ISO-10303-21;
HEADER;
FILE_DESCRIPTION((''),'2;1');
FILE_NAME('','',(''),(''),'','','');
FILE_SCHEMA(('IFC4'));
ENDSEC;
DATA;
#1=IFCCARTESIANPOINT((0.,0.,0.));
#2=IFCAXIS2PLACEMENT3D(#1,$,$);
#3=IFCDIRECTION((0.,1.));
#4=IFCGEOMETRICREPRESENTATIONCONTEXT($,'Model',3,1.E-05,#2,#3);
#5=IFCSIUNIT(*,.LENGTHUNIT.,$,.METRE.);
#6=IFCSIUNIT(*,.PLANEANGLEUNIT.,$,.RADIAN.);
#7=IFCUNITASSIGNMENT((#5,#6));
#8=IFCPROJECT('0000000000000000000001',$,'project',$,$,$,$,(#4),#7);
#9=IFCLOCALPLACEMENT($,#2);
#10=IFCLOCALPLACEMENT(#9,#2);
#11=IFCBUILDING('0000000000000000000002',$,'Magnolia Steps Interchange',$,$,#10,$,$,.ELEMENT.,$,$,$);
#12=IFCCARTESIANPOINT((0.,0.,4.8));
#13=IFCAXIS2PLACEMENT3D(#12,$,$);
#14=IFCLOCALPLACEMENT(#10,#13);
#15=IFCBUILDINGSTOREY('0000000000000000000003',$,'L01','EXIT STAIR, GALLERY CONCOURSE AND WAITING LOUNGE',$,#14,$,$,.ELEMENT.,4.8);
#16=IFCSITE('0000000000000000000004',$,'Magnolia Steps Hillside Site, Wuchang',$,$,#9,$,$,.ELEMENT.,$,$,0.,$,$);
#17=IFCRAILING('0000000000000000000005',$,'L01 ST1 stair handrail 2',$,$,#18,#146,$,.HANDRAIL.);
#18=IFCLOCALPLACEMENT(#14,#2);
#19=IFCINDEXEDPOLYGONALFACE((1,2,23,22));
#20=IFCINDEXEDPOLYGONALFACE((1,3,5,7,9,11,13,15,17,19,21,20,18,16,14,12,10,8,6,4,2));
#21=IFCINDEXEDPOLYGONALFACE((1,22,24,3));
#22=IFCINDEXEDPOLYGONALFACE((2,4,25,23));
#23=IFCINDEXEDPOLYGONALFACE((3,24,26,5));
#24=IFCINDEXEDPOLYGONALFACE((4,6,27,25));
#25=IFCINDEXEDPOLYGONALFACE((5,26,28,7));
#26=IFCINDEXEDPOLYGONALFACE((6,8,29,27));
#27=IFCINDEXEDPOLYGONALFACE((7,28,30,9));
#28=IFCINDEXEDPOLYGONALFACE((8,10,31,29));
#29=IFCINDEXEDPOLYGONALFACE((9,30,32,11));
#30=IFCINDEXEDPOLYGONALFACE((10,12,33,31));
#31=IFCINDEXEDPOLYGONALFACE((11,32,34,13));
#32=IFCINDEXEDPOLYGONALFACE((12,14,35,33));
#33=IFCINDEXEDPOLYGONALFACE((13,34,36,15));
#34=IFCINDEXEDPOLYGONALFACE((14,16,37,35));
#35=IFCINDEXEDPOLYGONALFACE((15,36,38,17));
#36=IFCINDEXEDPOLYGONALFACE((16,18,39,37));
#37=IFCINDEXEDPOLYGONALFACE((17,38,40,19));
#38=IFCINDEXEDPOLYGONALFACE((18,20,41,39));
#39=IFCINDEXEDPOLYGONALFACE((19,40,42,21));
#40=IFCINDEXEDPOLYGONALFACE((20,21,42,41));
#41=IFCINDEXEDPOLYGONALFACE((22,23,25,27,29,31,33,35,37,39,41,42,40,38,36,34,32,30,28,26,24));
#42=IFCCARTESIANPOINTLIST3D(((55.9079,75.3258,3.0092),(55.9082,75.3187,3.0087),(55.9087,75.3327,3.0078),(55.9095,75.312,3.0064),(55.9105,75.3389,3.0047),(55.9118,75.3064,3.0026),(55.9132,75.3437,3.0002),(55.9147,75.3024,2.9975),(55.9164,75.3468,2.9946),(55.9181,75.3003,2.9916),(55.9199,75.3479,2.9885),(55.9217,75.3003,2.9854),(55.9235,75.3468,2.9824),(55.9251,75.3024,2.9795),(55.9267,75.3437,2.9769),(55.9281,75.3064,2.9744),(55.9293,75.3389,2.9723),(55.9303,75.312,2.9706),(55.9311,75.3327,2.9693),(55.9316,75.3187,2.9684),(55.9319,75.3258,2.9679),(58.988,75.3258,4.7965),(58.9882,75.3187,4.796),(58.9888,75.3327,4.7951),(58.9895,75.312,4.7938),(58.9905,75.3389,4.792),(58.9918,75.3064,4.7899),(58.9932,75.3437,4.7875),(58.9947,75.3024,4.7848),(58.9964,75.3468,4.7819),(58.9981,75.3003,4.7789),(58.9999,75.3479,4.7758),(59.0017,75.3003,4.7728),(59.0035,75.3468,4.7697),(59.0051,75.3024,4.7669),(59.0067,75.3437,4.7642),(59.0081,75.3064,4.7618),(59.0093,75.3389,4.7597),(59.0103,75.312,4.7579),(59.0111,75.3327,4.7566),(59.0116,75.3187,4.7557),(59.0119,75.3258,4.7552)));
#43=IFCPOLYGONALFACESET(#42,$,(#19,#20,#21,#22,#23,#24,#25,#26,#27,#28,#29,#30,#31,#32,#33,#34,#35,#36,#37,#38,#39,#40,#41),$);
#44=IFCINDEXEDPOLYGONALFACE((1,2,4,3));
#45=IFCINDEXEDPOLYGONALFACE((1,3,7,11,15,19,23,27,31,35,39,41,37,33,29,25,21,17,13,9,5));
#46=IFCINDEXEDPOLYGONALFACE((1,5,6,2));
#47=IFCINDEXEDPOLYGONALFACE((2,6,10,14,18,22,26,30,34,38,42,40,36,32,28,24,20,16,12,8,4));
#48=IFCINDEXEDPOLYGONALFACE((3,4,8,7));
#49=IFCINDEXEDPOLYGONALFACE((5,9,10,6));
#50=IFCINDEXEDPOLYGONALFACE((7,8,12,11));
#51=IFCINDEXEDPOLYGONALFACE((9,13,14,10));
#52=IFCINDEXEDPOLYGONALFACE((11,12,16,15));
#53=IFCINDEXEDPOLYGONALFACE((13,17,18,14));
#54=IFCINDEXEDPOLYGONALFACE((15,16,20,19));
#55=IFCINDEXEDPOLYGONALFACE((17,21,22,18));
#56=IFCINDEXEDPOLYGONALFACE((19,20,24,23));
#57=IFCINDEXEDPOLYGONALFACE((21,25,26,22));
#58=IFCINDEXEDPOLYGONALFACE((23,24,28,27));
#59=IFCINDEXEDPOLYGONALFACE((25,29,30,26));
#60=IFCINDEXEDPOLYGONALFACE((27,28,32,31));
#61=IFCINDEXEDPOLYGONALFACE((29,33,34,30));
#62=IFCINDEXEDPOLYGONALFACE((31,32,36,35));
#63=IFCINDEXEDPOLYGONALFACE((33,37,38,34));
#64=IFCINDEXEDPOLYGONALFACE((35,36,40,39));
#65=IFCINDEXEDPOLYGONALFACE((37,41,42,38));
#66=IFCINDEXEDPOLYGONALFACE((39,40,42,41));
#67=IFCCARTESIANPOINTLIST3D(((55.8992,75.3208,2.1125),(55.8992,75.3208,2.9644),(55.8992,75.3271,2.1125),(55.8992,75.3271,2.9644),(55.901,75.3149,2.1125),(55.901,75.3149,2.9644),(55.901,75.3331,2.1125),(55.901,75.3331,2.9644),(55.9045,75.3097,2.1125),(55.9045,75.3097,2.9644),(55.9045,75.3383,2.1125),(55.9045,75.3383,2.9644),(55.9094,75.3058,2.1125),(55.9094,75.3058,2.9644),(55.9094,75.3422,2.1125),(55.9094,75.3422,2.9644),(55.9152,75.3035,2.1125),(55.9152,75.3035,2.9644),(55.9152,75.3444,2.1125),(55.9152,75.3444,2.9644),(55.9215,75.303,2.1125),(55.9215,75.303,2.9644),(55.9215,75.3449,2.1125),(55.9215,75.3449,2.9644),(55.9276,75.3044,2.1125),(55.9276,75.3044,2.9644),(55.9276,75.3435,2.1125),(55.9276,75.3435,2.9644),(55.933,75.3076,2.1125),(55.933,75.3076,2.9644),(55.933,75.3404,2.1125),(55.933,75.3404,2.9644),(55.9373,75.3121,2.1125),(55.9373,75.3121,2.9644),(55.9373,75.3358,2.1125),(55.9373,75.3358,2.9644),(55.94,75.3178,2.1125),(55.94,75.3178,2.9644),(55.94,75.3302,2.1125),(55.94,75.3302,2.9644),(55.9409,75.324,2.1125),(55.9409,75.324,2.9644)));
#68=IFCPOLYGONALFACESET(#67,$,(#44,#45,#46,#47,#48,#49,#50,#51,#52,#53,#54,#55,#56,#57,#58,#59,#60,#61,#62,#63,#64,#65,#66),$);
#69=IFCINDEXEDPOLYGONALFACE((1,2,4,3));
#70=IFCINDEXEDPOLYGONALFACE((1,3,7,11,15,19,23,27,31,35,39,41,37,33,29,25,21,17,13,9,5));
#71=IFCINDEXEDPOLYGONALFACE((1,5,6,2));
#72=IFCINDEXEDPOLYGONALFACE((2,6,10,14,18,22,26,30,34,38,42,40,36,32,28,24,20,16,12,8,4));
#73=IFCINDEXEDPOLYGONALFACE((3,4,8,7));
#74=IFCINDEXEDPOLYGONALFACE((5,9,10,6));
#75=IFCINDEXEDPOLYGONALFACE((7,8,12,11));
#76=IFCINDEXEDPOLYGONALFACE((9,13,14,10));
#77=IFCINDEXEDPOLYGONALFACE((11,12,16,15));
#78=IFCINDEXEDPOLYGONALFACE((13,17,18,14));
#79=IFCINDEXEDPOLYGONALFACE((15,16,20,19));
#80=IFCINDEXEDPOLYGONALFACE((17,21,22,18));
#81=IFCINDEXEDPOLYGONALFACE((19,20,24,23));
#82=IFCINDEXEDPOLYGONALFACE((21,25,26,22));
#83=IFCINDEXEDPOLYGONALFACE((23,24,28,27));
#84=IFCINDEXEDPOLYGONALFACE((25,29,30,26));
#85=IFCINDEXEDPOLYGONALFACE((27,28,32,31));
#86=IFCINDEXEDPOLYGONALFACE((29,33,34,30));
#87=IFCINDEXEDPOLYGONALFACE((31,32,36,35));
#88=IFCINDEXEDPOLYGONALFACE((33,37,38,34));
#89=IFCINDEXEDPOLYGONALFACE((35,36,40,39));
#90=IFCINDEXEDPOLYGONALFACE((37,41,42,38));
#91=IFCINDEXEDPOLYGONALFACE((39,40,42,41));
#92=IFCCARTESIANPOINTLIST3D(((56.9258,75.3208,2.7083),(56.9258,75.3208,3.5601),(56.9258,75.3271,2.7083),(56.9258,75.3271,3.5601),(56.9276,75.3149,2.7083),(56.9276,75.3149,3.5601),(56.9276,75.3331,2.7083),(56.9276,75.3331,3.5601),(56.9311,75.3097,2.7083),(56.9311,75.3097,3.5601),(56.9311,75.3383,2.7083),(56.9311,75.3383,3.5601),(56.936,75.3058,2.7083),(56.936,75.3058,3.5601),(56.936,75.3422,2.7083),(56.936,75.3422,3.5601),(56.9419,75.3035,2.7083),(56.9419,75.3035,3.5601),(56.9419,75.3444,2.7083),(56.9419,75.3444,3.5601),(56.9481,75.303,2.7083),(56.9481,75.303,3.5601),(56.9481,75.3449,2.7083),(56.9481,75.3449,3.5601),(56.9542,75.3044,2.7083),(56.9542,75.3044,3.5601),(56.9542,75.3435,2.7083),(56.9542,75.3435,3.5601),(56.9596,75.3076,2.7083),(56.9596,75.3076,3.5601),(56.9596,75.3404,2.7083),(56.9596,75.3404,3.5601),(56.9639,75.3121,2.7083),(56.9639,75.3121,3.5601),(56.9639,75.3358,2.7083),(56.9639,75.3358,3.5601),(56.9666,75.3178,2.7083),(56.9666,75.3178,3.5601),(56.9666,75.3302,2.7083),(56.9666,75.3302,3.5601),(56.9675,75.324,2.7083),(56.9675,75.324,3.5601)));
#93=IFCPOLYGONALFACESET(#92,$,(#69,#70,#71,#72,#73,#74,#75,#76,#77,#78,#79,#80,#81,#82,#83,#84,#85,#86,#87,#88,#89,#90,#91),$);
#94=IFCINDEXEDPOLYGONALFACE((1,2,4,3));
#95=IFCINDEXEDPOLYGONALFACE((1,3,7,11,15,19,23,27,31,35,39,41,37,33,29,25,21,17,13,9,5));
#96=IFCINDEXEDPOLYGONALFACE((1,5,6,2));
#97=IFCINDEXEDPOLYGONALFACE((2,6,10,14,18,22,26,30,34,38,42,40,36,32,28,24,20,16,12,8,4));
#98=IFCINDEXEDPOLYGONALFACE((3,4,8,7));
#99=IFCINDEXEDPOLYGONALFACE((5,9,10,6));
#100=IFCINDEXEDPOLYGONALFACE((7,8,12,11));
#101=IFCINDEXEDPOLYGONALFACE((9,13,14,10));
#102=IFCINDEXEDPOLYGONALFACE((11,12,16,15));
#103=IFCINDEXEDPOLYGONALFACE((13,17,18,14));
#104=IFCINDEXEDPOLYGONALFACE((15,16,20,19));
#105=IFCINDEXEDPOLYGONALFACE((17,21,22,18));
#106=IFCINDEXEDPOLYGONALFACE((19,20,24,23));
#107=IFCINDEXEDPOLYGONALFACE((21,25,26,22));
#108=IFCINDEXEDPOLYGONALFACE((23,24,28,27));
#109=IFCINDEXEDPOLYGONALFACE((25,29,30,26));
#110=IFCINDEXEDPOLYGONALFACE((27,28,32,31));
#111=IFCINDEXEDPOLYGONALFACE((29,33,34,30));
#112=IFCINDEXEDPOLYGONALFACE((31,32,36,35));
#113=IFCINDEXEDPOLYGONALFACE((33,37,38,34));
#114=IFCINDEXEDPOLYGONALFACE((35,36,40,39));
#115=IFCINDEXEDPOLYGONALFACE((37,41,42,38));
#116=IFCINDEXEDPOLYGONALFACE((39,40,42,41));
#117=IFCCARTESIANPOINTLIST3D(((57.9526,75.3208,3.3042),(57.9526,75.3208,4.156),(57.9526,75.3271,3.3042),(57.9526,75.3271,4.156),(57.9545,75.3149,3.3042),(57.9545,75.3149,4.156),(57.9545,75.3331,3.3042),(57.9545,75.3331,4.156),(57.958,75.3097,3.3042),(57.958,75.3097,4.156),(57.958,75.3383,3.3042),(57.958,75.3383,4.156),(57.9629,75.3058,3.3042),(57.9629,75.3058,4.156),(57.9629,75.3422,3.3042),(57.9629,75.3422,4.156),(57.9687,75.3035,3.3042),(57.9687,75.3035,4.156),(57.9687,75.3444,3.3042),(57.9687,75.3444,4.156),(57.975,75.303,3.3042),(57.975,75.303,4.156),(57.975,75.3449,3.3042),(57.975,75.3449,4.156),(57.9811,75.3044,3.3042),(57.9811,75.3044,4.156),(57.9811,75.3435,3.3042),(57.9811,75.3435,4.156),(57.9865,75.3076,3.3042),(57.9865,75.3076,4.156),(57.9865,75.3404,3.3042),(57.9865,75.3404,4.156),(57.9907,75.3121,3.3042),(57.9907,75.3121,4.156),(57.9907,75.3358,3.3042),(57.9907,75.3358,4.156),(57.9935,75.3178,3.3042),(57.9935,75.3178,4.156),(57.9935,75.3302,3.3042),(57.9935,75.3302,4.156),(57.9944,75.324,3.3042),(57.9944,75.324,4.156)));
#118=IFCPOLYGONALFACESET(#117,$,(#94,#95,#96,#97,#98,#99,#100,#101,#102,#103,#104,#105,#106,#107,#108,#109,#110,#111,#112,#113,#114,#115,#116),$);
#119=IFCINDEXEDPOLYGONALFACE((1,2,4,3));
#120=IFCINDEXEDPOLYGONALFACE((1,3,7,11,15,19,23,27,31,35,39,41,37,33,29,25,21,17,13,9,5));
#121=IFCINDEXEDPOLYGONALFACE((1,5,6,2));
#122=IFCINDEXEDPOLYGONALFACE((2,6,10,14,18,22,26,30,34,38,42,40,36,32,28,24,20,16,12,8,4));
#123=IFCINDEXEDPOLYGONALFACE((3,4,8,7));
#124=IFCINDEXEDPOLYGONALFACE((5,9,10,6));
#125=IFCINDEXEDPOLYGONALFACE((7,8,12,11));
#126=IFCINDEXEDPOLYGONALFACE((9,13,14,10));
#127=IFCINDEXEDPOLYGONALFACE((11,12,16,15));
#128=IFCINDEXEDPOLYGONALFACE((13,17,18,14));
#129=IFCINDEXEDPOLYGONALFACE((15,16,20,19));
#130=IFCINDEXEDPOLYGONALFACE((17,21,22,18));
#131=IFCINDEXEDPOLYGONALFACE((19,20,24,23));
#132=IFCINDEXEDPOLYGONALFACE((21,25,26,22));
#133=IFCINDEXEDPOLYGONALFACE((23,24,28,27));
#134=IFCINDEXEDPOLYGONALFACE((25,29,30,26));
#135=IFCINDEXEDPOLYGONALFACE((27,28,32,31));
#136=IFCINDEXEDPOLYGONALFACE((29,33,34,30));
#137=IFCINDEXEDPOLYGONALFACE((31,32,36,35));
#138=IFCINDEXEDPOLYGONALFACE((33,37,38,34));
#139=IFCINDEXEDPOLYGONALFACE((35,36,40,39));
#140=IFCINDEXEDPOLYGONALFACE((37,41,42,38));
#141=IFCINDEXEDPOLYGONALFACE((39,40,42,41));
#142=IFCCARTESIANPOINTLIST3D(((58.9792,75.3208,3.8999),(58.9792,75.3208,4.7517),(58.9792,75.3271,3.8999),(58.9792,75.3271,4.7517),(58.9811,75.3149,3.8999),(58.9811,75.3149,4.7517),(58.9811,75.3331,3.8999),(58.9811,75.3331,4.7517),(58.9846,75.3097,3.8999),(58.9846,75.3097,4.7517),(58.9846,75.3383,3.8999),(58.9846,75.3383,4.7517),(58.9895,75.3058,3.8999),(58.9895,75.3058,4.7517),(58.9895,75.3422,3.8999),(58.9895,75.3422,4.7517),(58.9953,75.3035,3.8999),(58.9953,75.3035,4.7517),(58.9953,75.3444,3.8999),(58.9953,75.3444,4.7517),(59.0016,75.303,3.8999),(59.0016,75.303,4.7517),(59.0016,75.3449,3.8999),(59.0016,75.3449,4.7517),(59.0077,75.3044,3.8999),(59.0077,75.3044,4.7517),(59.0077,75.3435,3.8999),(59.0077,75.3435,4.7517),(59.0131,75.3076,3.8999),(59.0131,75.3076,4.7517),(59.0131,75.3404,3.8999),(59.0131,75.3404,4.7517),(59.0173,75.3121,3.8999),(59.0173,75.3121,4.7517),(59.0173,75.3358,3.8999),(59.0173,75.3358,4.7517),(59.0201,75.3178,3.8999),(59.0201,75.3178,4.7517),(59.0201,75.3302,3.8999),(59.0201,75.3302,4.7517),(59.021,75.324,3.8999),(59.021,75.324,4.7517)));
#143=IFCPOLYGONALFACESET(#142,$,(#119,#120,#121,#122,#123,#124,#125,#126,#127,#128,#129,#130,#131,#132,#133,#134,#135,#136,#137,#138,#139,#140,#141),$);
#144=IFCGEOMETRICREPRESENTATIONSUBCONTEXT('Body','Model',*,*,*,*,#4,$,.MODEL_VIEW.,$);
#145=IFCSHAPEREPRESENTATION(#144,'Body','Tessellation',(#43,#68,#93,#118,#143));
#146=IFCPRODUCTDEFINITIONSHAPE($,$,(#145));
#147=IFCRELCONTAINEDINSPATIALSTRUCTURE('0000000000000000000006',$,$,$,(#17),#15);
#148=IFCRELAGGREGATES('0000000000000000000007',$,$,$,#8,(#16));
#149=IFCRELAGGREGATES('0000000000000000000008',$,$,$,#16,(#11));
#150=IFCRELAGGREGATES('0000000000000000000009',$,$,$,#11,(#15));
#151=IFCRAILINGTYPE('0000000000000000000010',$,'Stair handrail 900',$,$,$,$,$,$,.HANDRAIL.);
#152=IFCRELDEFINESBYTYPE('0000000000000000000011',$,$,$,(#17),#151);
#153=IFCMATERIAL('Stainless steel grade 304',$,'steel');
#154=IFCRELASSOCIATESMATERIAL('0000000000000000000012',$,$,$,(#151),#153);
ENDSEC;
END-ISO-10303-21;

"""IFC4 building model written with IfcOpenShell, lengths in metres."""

from ifc_helpers import new_model, si_unit, direction, frame, origin, origin_2d, place, context, subcontext, project, spatial, circle, extrude, material, type_object, element, save


model = new_model("IFC4")

# Units and contexts
model_context = context("Model", 3, precision=1e-05, world=origin(), true_north=direction((0.0, 1.0)))
body_context = subcontext(model_context, "Body", "Model", "MODEL_VIEW")
ifc_project = project(units=[si_unit("LENGTHUNIT", "METRE"), si_unit("PLANEANGLEUNIT", "RADIAN")], contexts=[model_context])

# Site, building, storey
site_placement = place(None, origin())
site = spatial("IfcSite", under=ifc_project, at=site_placement, Name="Magnolia Steps Hillside Site, Wuchang", CompositionType="ELEMENT", RefElevation=0.0)
building_placement = place(site_placement, origin())
building = spatial("IfcBuilding", under=site, at=building_placement, Name="Magnolia Steps Interchange", CompositionType="ELEMENT")
storey_placement = place(building_placement, frame((0.0, 0.0, 4.8)))
storey = spatial("IfcBuildingStorey", under=building, at=storey_placement, Name="L01", Description="EXIT STAIR, GALLERY CONCOURSE AND WAITING LOUNGE", CompositionType="ELEMENT", Elevation=4.8)

# Railing
ifc_material_1 = material(Name="Stainless steel grade 304", Category="steel")
railing_type_1 = type_object("IfcRailingType", Name="Stair handrail 900", PredefinedType="HANDRAIL", material=ifc_material_1)
railing_1_placement = place(storey_placement, frame((55.9199, 75.324, 2.1125)))
element("IfcRailing", 1, at=railing_1_placement, inside=storey, type_object=railing_type_1, Name="L01 ST1 stair handrail 2", PredefinedType="HANDRAIL", context=body_context, shape_type="SweptSolid", body=[
    extrude(circle(Radius=0.0239, at=origin_2d()), frame((0.0, 0.0, 0.876), z_axis=(0.86492, 0.0, 0.501909), x_axis=(0.0, 1.0, 0.0)), (0.0, 0.0, 1.0), 3.561),
    extrude(circle(Radius=0.021, at=origin_2d()), origin(), (0.0, 0.0, 1.0), 0.8518),
    extrude(circle(Radius=0.021, at=origin_2d()), frame((1.0266, 0.0, 0.5957)), (0.0, 0.0, 1.0), 0.8518),
    extrude(circle(Radius=0.021, at=origin_2d()), frame((2.0535, 0.0, 1.1917)), (0.0, 0.0, 1.0), 0.8518),
    extrude(circle(Radius=0.021, at=origin_2d()), frame((3.0801, 0.0, 1.7874)), (0.0, 0.0, 1.0), 0.8518),
])

save(model, "model.ifc")
